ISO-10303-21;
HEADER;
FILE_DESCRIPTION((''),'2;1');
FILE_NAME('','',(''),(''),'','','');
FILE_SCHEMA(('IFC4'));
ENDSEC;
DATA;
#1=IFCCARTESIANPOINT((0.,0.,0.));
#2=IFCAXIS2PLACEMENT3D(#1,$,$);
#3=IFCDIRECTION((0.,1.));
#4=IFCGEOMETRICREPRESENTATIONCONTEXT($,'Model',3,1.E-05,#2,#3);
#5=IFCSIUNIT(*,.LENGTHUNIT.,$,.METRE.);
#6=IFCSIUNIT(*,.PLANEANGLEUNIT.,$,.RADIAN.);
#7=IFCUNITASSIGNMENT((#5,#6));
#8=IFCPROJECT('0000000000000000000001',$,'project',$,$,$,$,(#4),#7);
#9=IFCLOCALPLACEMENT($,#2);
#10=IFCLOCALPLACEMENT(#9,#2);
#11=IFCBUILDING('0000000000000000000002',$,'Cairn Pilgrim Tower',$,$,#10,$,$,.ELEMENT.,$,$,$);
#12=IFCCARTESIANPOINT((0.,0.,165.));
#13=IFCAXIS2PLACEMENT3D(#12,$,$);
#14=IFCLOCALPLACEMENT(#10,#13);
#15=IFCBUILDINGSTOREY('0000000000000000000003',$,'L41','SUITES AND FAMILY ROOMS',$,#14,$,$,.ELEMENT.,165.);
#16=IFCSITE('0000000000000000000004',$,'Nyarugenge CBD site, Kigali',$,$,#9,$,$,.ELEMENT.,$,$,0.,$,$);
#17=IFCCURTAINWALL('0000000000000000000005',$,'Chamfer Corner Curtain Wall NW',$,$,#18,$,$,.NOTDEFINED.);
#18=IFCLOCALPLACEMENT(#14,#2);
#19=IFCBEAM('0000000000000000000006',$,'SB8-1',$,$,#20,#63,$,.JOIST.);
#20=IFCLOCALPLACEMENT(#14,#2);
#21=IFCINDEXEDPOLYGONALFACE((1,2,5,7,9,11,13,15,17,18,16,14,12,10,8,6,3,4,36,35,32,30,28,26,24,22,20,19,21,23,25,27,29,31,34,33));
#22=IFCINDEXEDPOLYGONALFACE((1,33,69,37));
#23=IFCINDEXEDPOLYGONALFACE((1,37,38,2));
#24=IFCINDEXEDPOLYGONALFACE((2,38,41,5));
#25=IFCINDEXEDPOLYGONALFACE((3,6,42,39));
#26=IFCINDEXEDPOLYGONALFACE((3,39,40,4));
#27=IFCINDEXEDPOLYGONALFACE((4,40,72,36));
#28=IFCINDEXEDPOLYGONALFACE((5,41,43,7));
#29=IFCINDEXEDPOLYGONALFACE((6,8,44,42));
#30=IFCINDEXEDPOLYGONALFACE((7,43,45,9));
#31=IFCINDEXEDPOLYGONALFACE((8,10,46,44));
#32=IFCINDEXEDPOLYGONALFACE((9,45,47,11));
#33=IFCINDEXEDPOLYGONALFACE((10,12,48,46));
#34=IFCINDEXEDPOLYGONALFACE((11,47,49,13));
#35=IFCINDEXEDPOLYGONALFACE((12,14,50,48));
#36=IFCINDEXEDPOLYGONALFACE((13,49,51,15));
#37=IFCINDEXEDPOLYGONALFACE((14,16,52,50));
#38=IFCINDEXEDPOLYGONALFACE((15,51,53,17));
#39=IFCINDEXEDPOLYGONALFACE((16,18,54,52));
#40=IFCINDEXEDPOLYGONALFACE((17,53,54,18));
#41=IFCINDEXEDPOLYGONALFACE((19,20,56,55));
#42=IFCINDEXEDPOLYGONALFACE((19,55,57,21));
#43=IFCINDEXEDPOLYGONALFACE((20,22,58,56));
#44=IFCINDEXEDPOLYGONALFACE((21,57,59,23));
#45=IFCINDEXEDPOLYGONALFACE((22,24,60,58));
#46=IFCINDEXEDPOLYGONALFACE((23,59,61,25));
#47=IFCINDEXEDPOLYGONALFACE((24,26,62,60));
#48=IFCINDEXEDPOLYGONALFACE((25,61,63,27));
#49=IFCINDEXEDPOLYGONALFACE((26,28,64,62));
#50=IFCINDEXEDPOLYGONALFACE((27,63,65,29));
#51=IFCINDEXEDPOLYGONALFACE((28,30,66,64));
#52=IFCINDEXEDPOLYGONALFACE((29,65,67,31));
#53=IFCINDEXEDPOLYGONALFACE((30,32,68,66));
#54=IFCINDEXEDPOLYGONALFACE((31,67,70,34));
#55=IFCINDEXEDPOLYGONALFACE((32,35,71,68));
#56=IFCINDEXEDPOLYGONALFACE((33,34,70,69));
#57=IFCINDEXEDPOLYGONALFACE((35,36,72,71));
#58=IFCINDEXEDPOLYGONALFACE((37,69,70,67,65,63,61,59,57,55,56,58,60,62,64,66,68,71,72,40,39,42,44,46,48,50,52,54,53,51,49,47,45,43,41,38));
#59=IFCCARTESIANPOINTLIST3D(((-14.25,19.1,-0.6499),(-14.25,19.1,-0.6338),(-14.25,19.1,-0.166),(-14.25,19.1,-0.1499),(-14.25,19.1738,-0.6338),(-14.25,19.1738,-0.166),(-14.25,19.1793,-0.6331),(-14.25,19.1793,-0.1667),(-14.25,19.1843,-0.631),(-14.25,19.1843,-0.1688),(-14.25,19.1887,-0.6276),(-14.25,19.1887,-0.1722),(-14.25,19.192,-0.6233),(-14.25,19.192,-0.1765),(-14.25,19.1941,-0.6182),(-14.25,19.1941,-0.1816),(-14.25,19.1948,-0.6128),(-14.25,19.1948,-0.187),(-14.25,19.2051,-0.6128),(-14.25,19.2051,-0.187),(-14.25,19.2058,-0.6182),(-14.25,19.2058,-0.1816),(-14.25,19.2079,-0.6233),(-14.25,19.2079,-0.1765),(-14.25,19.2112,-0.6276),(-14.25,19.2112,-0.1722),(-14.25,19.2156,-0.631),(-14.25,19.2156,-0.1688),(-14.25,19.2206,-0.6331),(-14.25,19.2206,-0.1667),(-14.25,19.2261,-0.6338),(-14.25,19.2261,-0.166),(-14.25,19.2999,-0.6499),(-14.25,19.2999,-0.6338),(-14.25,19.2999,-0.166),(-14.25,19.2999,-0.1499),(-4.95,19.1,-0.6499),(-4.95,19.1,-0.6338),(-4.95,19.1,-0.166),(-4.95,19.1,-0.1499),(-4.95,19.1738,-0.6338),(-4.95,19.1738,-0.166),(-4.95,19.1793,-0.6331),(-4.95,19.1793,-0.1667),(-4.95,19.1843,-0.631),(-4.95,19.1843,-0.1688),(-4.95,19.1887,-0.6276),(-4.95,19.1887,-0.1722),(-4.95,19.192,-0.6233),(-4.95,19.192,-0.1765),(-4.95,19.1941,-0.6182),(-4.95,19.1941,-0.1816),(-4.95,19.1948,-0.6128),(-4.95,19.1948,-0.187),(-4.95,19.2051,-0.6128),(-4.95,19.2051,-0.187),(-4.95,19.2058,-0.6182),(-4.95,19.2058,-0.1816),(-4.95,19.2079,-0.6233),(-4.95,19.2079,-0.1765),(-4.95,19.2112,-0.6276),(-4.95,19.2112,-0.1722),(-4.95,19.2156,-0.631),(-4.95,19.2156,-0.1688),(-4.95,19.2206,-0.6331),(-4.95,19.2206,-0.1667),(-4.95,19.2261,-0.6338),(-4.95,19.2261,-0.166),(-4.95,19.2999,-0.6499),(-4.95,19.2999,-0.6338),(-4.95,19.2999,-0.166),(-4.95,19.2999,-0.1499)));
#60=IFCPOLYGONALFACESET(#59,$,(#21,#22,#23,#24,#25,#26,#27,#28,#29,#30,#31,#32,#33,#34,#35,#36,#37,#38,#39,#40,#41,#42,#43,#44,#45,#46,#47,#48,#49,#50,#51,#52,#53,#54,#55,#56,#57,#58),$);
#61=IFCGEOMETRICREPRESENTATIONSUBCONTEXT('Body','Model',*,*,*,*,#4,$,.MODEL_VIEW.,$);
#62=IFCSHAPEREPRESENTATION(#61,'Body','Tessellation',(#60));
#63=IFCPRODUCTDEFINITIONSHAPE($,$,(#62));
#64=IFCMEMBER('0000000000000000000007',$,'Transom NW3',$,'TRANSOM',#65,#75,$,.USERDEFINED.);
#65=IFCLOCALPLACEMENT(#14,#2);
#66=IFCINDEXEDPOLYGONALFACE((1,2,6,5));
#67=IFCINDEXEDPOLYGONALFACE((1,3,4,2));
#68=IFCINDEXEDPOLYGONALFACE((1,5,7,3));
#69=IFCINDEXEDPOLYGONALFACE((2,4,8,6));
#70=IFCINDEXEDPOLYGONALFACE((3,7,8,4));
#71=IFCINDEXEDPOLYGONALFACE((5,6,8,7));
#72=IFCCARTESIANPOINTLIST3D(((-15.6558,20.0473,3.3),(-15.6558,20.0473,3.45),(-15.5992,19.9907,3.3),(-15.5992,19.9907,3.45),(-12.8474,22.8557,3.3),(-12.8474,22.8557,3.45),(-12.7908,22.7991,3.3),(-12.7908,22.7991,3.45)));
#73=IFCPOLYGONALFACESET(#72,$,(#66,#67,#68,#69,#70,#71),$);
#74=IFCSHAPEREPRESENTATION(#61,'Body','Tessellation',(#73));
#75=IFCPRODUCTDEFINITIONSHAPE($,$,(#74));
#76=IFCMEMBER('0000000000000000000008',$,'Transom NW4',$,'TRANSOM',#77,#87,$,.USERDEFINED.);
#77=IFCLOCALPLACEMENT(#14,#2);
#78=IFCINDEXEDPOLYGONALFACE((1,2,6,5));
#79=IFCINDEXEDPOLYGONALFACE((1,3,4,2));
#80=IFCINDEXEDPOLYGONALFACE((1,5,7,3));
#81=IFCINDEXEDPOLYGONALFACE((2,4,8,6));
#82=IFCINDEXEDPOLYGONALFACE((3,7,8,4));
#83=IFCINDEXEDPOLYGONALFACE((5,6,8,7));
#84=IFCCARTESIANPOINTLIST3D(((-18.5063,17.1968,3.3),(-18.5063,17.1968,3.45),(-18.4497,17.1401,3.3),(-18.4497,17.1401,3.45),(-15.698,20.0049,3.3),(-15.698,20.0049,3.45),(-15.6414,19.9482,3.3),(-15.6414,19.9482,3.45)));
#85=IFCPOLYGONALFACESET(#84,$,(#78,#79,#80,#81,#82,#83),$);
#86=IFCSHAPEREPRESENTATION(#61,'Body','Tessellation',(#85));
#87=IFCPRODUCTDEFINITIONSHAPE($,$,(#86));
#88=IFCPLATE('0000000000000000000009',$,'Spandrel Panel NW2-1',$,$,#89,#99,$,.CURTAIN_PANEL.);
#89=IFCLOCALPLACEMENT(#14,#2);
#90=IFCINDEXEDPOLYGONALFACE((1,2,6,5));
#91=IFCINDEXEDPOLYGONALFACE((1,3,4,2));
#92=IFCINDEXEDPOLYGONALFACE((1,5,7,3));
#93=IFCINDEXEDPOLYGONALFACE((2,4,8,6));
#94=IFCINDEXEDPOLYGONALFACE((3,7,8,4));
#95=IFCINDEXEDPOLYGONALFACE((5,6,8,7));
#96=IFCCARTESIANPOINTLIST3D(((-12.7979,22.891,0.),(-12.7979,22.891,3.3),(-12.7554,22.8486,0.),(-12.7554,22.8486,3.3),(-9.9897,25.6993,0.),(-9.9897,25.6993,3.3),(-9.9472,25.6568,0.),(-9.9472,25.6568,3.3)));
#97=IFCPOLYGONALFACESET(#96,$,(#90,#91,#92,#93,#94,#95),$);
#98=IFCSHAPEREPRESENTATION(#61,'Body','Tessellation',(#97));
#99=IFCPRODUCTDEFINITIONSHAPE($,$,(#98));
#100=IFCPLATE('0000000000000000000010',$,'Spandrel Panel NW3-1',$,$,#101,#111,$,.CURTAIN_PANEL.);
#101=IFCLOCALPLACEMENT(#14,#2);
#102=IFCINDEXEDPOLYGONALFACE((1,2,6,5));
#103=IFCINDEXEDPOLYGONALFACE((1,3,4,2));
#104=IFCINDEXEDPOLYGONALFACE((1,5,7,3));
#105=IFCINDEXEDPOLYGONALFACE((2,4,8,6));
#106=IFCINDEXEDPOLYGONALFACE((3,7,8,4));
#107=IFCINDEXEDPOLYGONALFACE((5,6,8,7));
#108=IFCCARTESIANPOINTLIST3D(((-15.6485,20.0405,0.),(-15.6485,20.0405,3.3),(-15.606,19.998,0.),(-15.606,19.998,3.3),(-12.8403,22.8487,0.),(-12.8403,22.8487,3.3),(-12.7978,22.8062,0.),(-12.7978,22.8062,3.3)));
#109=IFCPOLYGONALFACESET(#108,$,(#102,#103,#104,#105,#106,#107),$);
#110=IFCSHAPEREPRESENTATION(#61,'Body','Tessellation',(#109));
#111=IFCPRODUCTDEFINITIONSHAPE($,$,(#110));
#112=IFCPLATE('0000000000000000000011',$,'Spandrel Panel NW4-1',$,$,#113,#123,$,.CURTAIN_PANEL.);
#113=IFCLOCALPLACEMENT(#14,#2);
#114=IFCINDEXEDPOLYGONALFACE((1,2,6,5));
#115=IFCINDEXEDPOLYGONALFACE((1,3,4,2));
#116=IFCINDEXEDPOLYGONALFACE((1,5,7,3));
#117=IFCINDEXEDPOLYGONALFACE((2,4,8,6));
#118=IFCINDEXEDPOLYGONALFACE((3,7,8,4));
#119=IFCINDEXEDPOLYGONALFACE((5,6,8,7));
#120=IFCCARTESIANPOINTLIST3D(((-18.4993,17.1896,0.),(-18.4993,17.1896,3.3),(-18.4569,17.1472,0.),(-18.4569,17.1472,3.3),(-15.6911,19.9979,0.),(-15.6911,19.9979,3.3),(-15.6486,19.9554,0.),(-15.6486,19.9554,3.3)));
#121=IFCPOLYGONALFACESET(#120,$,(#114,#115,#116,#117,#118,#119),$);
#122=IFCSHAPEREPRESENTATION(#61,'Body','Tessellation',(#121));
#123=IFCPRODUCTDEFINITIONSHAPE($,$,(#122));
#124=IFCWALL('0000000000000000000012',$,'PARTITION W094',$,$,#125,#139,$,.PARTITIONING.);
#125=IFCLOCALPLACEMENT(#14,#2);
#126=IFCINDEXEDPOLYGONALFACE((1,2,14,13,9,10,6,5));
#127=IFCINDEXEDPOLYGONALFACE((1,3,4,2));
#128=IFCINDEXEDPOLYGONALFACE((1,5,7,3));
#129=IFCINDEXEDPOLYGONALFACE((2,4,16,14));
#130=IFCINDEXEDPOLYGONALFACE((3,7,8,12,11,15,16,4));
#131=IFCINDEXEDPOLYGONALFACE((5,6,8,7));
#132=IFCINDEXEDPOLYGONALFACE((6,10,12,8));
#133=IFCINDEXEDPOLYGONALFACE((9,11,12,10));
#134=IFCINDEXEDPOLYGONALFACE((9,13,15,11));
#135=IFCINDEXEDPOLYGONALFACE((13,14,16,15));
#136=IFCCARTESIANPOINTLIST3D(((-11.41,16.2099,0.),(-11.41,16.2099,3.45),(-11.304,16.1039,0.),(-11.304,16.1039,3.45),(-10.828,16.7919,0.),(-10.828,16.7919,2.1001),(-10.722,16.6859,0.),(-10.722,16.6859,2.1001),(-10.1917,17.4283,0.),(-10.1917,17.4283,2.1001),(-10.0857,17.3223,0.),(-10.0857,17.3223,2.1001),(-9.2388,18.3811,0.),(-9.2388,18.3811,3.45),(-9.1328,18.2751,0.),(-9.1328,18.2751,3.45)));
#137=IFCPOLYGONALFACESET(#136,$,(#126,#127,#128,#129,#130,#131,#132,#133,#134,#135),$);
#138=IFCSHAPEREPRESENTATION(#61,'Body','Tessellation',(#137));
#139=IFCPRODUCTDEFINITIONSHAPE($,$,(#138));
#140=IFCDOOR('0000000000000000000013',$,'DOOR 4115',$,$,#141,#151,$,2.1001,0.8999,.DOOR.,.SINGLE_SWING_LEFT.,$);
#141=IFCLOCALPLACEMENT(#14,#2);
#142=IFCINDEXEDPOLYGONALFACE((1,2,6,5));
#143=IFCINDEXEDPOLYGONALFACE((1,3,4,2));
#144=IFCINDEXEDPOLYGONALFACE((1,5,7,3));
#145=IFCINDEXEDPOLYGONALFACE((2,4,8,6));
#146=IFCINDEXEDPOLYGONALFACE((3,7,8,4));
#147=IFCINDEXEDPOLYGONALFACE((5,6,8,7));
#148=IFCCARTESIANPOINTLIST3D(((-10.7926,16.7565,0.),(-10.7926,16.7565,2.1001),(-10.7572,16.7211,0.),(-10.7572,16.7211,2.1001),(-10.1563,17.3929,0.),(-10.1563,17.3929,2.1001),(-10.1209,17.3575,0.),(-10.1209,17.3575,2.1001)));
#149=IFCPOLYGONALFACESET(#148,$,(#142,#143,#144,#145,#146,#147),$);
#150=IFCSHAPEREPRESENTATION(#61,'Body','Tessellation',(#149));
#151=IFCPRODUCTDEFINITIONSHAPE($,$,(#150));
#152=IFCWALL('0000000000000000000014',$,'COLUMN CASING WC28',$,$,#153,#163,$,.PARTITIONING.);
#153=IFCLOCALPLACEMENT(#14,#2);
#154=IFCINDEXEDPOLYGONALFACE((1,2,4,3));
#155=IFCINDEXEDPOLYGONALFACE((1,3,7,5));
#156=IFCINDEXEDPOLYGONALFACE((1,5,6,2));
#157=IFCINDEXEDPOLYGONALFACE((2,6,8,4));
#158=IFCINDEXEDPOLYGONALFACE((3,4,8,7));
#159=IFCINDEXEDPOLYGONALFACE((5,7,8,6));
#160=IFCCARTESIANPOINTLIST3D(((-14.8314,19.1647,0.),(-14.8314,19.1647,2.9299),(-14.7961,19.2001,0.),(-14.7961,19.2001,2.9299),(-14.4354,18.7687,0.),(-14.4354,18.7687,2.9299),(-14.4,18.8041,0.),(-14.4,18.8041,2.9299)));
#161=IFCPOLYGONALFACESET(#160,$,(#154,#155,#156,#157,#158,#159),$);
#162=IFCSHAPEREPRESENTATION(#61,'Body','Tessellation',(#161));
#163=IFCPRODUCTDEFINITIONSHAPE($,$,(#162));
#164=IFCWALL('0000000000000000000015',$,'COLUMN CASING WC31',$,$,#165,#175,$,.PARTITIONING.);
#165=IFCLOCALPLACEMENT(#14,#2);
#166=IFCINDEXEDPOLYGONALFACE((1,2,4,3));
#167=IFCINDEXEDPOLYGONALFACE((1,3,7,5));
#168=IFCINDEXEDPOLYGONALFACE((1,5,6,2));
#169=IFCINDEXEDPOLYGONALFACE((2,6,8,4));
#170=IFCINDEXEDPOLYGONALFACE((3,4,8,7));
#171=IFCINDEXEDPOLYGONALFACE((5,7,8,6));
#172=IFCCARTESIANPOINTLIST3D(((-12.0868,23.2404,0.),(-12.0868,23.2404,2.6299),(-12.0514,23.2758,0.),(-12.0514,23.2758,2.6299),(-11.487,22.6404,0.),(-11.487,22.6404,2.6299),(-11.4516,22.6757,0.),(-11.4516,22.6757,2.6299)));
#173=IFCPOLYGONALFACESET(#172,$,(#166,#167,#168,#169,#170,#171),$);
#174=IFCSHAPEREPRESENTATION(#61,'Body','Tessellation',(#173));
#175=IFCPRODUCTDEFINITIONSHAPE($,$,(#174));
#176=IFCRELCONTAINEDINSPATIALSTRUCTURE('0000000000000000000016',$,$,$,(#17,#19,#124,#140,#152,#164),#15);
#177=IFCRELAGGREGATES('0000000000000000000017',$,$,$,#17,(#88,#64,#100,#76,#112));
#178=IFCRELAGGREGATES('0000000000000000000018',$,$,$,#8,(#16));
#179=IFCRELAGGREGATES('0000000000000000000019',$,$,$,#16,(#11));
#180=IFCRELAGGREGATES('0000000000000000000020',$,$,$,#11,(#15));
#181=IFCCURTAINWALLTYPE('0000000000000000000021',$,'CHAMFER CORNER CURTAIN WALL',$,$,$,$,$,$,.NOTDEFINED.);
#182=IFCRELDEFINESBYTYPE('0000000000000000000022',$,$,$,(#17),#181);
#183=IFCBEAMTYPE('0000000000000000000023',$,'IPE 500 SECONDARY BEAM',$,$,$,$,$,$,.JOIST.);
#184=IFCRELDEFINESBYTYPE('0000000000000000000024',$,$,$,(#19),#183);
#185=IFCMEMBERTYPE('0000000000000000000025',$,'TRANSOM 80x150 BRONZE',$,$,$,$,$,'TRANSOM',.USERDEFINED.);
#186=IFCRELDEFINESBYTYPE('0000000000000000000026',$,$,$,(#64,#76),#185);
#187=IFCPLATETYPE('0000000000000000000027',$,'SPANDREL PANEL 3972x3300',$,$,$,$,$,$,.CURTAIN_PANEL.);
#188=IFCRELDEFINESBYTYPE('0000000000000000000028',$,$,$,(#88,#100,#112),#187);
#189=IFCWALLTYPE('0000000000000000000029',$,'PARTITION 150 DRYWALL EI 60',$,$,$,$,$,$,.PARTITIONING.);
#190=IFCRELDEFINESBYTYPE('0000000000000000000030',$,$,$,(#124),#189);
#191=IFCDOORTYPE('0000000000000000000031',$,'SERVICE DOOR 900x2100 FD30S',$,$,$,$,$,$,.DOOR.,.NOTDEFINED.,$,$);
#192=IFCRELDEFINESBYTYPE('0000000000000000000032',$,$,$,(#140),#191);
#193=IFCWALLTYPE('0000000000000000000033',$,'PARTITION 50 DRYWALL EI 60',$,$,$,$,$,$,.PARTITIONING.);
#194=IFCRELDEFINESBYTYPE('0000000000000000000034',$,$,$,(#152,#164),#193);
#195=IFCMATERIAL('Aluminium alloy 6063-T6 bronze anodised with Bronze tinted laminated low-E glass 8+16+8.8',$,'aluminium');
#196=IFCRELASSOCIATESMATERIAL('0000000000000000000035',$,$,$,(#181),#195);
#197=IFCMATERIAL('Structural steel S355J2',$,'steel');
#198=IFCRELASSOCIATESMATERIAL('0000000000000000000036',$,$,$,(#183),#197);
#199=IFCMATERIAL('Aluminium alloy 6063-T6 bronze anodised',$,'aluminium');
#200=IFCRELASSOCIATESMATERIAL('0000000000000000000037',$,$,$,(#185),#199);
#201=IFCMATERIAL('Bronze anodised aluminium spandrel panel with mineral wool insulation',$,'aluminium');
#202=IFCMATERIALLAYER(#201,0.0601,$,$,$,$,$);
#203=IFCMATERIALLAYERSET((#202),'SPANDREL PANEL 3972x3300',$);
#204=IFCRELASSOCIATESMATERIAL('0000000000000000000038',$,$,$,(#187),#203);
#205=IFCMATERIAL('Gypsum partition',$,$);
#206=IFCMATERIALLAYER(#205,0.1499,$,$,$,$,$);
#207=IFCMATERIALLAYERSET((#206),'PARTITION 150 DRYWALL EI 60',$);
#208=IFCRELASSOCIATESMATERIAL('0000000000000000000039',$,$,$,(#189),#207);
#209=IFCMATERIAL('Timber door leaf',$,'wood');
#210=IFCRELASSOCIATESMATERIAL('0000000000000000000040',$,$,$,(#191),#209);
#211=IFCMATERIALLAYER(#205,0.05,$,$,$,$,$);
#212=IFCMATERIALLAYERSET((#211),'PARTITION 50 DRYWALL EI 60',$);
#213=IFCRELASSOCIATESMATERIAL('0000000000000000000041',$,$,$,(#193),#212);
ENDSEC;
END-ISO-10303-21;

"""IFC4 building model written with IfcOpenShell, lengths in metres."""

from ifc_helpers import new_model, si_unit, direction, frame, frame_2d, origin, origin_2d, place, context, subcontext, project, spatial, rectangle, i_section, extrude, material, layer, layer_set, material_profile, profile_set, type_object, element, fill, aggregate, save


model = new_model("IFC4")

# Units and contexts
model_context = context("Model", 3, precision=1e-05, world=origin(), true_north=direction((0.0, 1.0)))
body_context = subcontext(model_context, "Body", "Model", "MODEL_VIEW")
ifc_project = project(units=[si_unit("LENGTHUNIT", "METRE"), si_unit("PLANEANGLEUNIT", "RADIAN")], contexts=[model_context])

# Site, building, storey
site_placement = place(None, origin())
site = spatial("IfcSite", under=ifc_project, at=site_placement, Name="Nyarugenge CBD site, Kigali", CompositionType="ELEMENT", RefElevation=0.0)
building_placement = place(site_placement, origin())
building = spatial("IfcBuilding", under=site, at=building_placement, Name="Cairn Pilgrim Tower", CompositionType="ELEMENT")
storey_placement = place(building_placement, frame((0.0, 0.0, 165.0)))
storey = spatial("IfcBuildingStorey", under=building, at=storey_placement, Name="L41", Description="SUITES AND FAMILY ROOMS", CompositionType="ELEMENT", Elevation=165.0)

# Shared definitions
ifc_material_1 = material(Name="Structural steel S355J2", Category="steel")

# Curtain wall
ifc_material_2 = material(Name="Aluminium alloy 6063-T6 bronze anodised with Bronze tinted laminated low-E glass 8+16+8.8", Category="aluminium")
curtain_wall_type_1 = type_object("IfcCurtainWallType", Name="CHAMFER CORNER CURTAIN WALL", PredefinedType="NOTDEFINED", material=ifc_material_2)
curtain_wall_1_placement = place(storey_placement, origin())
curtain_wall_1 = element("IfcCurtainWall", 1, at=curtain_wall_1_placement, inside=storey, type_object=curtain_wall_type_1, Name="Chamfer Corner Curtain Wall NW", PredefinedType="NOTDEFINED")
ifc_material_3 = material(Name="Aluminium alloy 6063-T6 bronze anodised", Category="aluminium")

# Beam
ifc_material_profile_1 = material_profile(ifc_material_1, i_section(OverallWidth=0.2, OverallDepth=0.5, WebThickness=0.0103, FlangeThickness=0.0161, FilletRadius=0.021, at=origin_2d()), Name="IPE 500")
ifc_profile_set_1 = profile_set([ifc_material_profile_1], Name="Structural steel S355J2")
beam_type_1 = type_object("IfcBeamType", Name="IPE 500 SECONDARY BEAM", PredefinedType="JOIST", material=ifc_profile_set_1)
beam_1_placement = place(storey_placement, frame((-14.25, 19.2, -0.3999), z_axis=(1.0, 0.0, 0.0), x_axis=(0.0, 1.0, 0.0)))
element("IfcBeam", 2, at=beam_1_placement, inside=storey, type_object=beam_type_1, Name="SB8-1", PredefinedType="JOIST", context=body_context, shape_type="SweptSolid", body=[
    extrude(i_section(OverallWidth=0.2, OverallDepth=0.5, WebThickness=0.0103, FlangeThickness=0.0161, FilletRadius=0.021, at=origin_2d()), origin(), (0.0, 0.0, 1.0), 9.3),
])

# Members
ifc_material_profile_2 = material_profile(ifc_material_3, rectangle(XDim=0.0801, YDim=0.1499, at=origin_2d()), Name="TRANSOM 80x150 BRONZE")
ifc_profile_set_2 = profile_set([ifc_material_profile_2], Name="Aluminium alloy 6063-T6 bronze anodised")
member_type_1 = type_object("IfcMemberType", Name="TRANSOM 80x150 BRONZE", ElementType="TRANSOM", PredefinedType="USERDEFINED", material=ifc_profile_set_2)
member_1_placement = place(storey_placement, frame((-12.8191, 22.8274, 3.375), z_axis=(-0.707107, -0.707107, 0.0), x_axis=(0.707107, -0.707107, 0.0)))
member_1 = element("IfcMember", 3, at=member_1_placement, type_object=member_type_1, Name="Transom NW3", ObjectType="TRANSOM", PredefinedType="USERDEFINED", context=body_context, shape_type="SweptSolid", body=[
    extrude(rectangle(XDim=0.0801, YDim=0.1499, at=origin_2d()), origin(), (0.0, 0.0, 1.0), 3.9717),
])
member_2_placement = place(storey_placement, frame((-15.6697, 19.9766, 3.375), z_axis=(-0.707138, -0.707076, 0.0), x_axis=(0.707076, -0.707138, 0.0)))
member_2 = element("IfcMember", 4, at=member_2_placement, type_object=member_type_1, Name="Transom NW4", ObjectType="TRANSOM", PredefinedType="USERDEFINED", context=body_context, shape_type="SweptSolid", body=[
    extrude(rectangle(XDim=0.0801, YDim=0.1499, at=origin_2d()), origin(), (0.0, 0.0, 1.0), 3.9714),
])

# Plates
ifc_material_4 = material(Name="Bronze anodised aluminium spandrel panel with mineral wool insulation", Category="aluminium")
ifc_layer_1 = layer(ifc_material_4, 0.0601)
ifc_layer_set_1 = layer_set([ifc_layer_1], Name="SPANDREL PANEL 3972x3300")
plate_type = type_object("IfcPlateType", Name="SPANDREL PANEL 3972x3300", PredefinedType="CURTAIN_PANEL", material=ifc_layer_set_1)
plate_1_placement = place(storey_placement, frame((-11.3726, 24.2739, 0.0), z_axis=(0.0, 0.0, 1.0), x_axis=(-0.707107, -0.707107, 0.0)))
plate_1 = element("IfcPlate", 5, at=plate_1_placement, type_object=plate_type, Name="Spandrel Panel NW2-1", PredefinedType="CURTAIN_PANEL", context=body_context, shape_type="SweptSolid", body=[
    extrude(rectangle(XDim=3.9714, YDim=0.0601, at=origin_2d()), origin(), (0.0, 0.0, 1.0), 3.3),
])
plate_2_placement = place(storey_placement, frame((-14.2231, 21.4233, 0.0), z_axis=(0.0, 0.0, 1.0), x_axis=(-0.707107, -0.707107, 0.0)))
plate_2 = element("IfcPlate", 6, at=plate_2_placement, type_object=plate_type, Name="Spandrel Panel NW3-1", PredefinedType="CURTAIN_PANEL", context=body_context, shape_type="SweptSolid", body=[
    extrude(rectangle(XDim=3.9714, YDim=0.0601, at=origin_2d()), origin(), (0.0, 0.0, 1.0), 3.3),
])
plate_3_placement = place(storey_placement, frame((-17.074, 18.5725, 0.0), z_axis=(0.0, 0.0, 1.0), x_axis=(-0.707107, -0.707107, 0.0)))
plate_3 = element("IfcPlate", 7, at=plate_3_placement, type_object=plate_type, Name="Spandrel Panel NW4-1", PredefinedType="CURTAIN_PANEL", context=body_context, shape_type="SweptSolid", body=[
    extrude(rectangle(XDim=3.9714, YDim=0.0601, at=origin_2d()), origin(), (0.0, 0.0, 1.0), 3.3),
])
aggregate(curtain_wall_1, [plate_1, member_1, plate_2, member_2, plate_3])

# Wall, opening, door
ifc_material_5 = material(Name="Gypsum partition")
ifc_layer_2 = layer(ifc_material_5, 0.1499)
ifc_layer_set_2 = layer_set([ifc_layer_2], Name="PARTITION 150 DRYWALL EI 60")
wall_type_1 = type_object("IfcWallType", Name="PARTITION 150 DRYWALL EI 60", PredefinedType="PARTITIONING", material=ifc_layer_set_2)
wall_1_placement = place(storey_placement, frame((-11.3569, 16.157, 0.0), z_axis=(0.0, 0.0, 1.0), x_axis=(0.707107, 0.707107, 0.0)))
wall_1 = element("IfcWall", 8, at=wall_1_placement, inside=storey, type_object=wall_type_1, Name="PARTITION W094", PredefinedType="PARTITIONING", context=body_context, shape_type="SweptSolid", body=[
    extrude(rectangle(XDim=3.0706, YDim=0.1499, at=frame_2d((1.5352, 0.0))), origin(), (0.0, 0.0, 1.0), 3.45),
])
opening_1_placement = place(wall_1_placement, frame((0.823, 0.0, 0.0)))
opening_1 = element("IfcOpeningElement", 9, at=opening_1_placement, cuts=wall_1, PredefinedType="OPENING", context=body_context, shape_type="SweptSolid", body=[
    extrude(rectangle(XDim=0.8999, YDim=2.1001, at=frame_2d((0.45, 1.05))), frame((0.0, 0.085, 0.0), z_axis=(0.0, -1.0, 0.0), x_axis=(1.0, 0.0, 0.0)), (0.0, 0.0, 1.0), 0.1699),
])
ifc_material_6 = material(Name="Timber door leaf", Category="wood")
door_type_1 = type_object("IfcDoorType", Name="SERVICE DOOR 900x2100 FD30S", OperationType="NOTDEFINED", PredefinedType="DOOR", material=ifc_material_6)
door_1_placement = place(opening_1_placement, origin())
door_1 = element("IfcDoor", 10, at=door_1_placement, inside=storey, type_object=door_type_1, Name="DOOR 4115", OperationType="SINGLE_SWING_LEFT", OverallHeight=2.1001, OverallWidth=0.8999, PredefinedType="DOOR", context=body_context, shape_type="SweptSolid", body=[
    extrude(rectangle(XDim=0.8999, YDim=2.1001, at=frame_2d((0.45, 1.05))), frame((0.0, 0.0249, 0.0), z_axis=(0.0, -1.0, 0.0), x_axis=(1.0, 0.0, 0.0)), (0.0, 0.0, 1.0), 0.05),
])
fill(opening_1, door_1)

# Walls
ifc_layer_3 = layer(ifc_material_5, 0.05)
ifc_layer_set_3 = layer_set([ifc_layer_3], Name="PARTITION 50 DRYWALL EI 60")
wall_type_2 = type_object("IfcWallType", Name="PARTITION 50 DRYWALL EI 60", PredefinedType="PARTITIONING", material=ifc_layer_set_3)
wall_2_placement = place(storey_placement, frame((-14.4177, 18.7864, 0.0), z_axis=(0.0, 0.0, 1.0), x_axis=(-0.707107, 0.707107, 0.0)))
element("IfcWall", 11, at=wall_2_placement, inside=storey, type_object=wall_type_2, Name="COLUMN CASING WC28", PredefinedType="PARTITIONING", context=body_context, shape_type="SweptSolid", body=[
    extrude(rectangle(XDim=0.5601, YDim=0.05, at=frame_2d((0.28, 0.0))), origin(), (0.0, 0.0, 1.0), 2.9299),
])
wall_3_placement = place(storey_placement, frame((-11.4692, 22.658, 0.0), z_axis=(0.0, 0.0, 1.0), x_axis=(-0.706963, 0.707251, 0.0)))
element("IfcWall", 12, at=wall_3_placement, inside=storey, type_object=wall_type_2, Name="COLUMN CASING WC31", PredefinedType="PARTITIONING", context=body_context, shape_type="SweptSolid", body=[
    extrude(rectangle(XDim=0.8484, YDim=0.05, at=frame_2d((0.4243, 0.0))), origin(), (0.0, 0.0, 1.0), 2.6299),
])

save(model, "model.ifc")
